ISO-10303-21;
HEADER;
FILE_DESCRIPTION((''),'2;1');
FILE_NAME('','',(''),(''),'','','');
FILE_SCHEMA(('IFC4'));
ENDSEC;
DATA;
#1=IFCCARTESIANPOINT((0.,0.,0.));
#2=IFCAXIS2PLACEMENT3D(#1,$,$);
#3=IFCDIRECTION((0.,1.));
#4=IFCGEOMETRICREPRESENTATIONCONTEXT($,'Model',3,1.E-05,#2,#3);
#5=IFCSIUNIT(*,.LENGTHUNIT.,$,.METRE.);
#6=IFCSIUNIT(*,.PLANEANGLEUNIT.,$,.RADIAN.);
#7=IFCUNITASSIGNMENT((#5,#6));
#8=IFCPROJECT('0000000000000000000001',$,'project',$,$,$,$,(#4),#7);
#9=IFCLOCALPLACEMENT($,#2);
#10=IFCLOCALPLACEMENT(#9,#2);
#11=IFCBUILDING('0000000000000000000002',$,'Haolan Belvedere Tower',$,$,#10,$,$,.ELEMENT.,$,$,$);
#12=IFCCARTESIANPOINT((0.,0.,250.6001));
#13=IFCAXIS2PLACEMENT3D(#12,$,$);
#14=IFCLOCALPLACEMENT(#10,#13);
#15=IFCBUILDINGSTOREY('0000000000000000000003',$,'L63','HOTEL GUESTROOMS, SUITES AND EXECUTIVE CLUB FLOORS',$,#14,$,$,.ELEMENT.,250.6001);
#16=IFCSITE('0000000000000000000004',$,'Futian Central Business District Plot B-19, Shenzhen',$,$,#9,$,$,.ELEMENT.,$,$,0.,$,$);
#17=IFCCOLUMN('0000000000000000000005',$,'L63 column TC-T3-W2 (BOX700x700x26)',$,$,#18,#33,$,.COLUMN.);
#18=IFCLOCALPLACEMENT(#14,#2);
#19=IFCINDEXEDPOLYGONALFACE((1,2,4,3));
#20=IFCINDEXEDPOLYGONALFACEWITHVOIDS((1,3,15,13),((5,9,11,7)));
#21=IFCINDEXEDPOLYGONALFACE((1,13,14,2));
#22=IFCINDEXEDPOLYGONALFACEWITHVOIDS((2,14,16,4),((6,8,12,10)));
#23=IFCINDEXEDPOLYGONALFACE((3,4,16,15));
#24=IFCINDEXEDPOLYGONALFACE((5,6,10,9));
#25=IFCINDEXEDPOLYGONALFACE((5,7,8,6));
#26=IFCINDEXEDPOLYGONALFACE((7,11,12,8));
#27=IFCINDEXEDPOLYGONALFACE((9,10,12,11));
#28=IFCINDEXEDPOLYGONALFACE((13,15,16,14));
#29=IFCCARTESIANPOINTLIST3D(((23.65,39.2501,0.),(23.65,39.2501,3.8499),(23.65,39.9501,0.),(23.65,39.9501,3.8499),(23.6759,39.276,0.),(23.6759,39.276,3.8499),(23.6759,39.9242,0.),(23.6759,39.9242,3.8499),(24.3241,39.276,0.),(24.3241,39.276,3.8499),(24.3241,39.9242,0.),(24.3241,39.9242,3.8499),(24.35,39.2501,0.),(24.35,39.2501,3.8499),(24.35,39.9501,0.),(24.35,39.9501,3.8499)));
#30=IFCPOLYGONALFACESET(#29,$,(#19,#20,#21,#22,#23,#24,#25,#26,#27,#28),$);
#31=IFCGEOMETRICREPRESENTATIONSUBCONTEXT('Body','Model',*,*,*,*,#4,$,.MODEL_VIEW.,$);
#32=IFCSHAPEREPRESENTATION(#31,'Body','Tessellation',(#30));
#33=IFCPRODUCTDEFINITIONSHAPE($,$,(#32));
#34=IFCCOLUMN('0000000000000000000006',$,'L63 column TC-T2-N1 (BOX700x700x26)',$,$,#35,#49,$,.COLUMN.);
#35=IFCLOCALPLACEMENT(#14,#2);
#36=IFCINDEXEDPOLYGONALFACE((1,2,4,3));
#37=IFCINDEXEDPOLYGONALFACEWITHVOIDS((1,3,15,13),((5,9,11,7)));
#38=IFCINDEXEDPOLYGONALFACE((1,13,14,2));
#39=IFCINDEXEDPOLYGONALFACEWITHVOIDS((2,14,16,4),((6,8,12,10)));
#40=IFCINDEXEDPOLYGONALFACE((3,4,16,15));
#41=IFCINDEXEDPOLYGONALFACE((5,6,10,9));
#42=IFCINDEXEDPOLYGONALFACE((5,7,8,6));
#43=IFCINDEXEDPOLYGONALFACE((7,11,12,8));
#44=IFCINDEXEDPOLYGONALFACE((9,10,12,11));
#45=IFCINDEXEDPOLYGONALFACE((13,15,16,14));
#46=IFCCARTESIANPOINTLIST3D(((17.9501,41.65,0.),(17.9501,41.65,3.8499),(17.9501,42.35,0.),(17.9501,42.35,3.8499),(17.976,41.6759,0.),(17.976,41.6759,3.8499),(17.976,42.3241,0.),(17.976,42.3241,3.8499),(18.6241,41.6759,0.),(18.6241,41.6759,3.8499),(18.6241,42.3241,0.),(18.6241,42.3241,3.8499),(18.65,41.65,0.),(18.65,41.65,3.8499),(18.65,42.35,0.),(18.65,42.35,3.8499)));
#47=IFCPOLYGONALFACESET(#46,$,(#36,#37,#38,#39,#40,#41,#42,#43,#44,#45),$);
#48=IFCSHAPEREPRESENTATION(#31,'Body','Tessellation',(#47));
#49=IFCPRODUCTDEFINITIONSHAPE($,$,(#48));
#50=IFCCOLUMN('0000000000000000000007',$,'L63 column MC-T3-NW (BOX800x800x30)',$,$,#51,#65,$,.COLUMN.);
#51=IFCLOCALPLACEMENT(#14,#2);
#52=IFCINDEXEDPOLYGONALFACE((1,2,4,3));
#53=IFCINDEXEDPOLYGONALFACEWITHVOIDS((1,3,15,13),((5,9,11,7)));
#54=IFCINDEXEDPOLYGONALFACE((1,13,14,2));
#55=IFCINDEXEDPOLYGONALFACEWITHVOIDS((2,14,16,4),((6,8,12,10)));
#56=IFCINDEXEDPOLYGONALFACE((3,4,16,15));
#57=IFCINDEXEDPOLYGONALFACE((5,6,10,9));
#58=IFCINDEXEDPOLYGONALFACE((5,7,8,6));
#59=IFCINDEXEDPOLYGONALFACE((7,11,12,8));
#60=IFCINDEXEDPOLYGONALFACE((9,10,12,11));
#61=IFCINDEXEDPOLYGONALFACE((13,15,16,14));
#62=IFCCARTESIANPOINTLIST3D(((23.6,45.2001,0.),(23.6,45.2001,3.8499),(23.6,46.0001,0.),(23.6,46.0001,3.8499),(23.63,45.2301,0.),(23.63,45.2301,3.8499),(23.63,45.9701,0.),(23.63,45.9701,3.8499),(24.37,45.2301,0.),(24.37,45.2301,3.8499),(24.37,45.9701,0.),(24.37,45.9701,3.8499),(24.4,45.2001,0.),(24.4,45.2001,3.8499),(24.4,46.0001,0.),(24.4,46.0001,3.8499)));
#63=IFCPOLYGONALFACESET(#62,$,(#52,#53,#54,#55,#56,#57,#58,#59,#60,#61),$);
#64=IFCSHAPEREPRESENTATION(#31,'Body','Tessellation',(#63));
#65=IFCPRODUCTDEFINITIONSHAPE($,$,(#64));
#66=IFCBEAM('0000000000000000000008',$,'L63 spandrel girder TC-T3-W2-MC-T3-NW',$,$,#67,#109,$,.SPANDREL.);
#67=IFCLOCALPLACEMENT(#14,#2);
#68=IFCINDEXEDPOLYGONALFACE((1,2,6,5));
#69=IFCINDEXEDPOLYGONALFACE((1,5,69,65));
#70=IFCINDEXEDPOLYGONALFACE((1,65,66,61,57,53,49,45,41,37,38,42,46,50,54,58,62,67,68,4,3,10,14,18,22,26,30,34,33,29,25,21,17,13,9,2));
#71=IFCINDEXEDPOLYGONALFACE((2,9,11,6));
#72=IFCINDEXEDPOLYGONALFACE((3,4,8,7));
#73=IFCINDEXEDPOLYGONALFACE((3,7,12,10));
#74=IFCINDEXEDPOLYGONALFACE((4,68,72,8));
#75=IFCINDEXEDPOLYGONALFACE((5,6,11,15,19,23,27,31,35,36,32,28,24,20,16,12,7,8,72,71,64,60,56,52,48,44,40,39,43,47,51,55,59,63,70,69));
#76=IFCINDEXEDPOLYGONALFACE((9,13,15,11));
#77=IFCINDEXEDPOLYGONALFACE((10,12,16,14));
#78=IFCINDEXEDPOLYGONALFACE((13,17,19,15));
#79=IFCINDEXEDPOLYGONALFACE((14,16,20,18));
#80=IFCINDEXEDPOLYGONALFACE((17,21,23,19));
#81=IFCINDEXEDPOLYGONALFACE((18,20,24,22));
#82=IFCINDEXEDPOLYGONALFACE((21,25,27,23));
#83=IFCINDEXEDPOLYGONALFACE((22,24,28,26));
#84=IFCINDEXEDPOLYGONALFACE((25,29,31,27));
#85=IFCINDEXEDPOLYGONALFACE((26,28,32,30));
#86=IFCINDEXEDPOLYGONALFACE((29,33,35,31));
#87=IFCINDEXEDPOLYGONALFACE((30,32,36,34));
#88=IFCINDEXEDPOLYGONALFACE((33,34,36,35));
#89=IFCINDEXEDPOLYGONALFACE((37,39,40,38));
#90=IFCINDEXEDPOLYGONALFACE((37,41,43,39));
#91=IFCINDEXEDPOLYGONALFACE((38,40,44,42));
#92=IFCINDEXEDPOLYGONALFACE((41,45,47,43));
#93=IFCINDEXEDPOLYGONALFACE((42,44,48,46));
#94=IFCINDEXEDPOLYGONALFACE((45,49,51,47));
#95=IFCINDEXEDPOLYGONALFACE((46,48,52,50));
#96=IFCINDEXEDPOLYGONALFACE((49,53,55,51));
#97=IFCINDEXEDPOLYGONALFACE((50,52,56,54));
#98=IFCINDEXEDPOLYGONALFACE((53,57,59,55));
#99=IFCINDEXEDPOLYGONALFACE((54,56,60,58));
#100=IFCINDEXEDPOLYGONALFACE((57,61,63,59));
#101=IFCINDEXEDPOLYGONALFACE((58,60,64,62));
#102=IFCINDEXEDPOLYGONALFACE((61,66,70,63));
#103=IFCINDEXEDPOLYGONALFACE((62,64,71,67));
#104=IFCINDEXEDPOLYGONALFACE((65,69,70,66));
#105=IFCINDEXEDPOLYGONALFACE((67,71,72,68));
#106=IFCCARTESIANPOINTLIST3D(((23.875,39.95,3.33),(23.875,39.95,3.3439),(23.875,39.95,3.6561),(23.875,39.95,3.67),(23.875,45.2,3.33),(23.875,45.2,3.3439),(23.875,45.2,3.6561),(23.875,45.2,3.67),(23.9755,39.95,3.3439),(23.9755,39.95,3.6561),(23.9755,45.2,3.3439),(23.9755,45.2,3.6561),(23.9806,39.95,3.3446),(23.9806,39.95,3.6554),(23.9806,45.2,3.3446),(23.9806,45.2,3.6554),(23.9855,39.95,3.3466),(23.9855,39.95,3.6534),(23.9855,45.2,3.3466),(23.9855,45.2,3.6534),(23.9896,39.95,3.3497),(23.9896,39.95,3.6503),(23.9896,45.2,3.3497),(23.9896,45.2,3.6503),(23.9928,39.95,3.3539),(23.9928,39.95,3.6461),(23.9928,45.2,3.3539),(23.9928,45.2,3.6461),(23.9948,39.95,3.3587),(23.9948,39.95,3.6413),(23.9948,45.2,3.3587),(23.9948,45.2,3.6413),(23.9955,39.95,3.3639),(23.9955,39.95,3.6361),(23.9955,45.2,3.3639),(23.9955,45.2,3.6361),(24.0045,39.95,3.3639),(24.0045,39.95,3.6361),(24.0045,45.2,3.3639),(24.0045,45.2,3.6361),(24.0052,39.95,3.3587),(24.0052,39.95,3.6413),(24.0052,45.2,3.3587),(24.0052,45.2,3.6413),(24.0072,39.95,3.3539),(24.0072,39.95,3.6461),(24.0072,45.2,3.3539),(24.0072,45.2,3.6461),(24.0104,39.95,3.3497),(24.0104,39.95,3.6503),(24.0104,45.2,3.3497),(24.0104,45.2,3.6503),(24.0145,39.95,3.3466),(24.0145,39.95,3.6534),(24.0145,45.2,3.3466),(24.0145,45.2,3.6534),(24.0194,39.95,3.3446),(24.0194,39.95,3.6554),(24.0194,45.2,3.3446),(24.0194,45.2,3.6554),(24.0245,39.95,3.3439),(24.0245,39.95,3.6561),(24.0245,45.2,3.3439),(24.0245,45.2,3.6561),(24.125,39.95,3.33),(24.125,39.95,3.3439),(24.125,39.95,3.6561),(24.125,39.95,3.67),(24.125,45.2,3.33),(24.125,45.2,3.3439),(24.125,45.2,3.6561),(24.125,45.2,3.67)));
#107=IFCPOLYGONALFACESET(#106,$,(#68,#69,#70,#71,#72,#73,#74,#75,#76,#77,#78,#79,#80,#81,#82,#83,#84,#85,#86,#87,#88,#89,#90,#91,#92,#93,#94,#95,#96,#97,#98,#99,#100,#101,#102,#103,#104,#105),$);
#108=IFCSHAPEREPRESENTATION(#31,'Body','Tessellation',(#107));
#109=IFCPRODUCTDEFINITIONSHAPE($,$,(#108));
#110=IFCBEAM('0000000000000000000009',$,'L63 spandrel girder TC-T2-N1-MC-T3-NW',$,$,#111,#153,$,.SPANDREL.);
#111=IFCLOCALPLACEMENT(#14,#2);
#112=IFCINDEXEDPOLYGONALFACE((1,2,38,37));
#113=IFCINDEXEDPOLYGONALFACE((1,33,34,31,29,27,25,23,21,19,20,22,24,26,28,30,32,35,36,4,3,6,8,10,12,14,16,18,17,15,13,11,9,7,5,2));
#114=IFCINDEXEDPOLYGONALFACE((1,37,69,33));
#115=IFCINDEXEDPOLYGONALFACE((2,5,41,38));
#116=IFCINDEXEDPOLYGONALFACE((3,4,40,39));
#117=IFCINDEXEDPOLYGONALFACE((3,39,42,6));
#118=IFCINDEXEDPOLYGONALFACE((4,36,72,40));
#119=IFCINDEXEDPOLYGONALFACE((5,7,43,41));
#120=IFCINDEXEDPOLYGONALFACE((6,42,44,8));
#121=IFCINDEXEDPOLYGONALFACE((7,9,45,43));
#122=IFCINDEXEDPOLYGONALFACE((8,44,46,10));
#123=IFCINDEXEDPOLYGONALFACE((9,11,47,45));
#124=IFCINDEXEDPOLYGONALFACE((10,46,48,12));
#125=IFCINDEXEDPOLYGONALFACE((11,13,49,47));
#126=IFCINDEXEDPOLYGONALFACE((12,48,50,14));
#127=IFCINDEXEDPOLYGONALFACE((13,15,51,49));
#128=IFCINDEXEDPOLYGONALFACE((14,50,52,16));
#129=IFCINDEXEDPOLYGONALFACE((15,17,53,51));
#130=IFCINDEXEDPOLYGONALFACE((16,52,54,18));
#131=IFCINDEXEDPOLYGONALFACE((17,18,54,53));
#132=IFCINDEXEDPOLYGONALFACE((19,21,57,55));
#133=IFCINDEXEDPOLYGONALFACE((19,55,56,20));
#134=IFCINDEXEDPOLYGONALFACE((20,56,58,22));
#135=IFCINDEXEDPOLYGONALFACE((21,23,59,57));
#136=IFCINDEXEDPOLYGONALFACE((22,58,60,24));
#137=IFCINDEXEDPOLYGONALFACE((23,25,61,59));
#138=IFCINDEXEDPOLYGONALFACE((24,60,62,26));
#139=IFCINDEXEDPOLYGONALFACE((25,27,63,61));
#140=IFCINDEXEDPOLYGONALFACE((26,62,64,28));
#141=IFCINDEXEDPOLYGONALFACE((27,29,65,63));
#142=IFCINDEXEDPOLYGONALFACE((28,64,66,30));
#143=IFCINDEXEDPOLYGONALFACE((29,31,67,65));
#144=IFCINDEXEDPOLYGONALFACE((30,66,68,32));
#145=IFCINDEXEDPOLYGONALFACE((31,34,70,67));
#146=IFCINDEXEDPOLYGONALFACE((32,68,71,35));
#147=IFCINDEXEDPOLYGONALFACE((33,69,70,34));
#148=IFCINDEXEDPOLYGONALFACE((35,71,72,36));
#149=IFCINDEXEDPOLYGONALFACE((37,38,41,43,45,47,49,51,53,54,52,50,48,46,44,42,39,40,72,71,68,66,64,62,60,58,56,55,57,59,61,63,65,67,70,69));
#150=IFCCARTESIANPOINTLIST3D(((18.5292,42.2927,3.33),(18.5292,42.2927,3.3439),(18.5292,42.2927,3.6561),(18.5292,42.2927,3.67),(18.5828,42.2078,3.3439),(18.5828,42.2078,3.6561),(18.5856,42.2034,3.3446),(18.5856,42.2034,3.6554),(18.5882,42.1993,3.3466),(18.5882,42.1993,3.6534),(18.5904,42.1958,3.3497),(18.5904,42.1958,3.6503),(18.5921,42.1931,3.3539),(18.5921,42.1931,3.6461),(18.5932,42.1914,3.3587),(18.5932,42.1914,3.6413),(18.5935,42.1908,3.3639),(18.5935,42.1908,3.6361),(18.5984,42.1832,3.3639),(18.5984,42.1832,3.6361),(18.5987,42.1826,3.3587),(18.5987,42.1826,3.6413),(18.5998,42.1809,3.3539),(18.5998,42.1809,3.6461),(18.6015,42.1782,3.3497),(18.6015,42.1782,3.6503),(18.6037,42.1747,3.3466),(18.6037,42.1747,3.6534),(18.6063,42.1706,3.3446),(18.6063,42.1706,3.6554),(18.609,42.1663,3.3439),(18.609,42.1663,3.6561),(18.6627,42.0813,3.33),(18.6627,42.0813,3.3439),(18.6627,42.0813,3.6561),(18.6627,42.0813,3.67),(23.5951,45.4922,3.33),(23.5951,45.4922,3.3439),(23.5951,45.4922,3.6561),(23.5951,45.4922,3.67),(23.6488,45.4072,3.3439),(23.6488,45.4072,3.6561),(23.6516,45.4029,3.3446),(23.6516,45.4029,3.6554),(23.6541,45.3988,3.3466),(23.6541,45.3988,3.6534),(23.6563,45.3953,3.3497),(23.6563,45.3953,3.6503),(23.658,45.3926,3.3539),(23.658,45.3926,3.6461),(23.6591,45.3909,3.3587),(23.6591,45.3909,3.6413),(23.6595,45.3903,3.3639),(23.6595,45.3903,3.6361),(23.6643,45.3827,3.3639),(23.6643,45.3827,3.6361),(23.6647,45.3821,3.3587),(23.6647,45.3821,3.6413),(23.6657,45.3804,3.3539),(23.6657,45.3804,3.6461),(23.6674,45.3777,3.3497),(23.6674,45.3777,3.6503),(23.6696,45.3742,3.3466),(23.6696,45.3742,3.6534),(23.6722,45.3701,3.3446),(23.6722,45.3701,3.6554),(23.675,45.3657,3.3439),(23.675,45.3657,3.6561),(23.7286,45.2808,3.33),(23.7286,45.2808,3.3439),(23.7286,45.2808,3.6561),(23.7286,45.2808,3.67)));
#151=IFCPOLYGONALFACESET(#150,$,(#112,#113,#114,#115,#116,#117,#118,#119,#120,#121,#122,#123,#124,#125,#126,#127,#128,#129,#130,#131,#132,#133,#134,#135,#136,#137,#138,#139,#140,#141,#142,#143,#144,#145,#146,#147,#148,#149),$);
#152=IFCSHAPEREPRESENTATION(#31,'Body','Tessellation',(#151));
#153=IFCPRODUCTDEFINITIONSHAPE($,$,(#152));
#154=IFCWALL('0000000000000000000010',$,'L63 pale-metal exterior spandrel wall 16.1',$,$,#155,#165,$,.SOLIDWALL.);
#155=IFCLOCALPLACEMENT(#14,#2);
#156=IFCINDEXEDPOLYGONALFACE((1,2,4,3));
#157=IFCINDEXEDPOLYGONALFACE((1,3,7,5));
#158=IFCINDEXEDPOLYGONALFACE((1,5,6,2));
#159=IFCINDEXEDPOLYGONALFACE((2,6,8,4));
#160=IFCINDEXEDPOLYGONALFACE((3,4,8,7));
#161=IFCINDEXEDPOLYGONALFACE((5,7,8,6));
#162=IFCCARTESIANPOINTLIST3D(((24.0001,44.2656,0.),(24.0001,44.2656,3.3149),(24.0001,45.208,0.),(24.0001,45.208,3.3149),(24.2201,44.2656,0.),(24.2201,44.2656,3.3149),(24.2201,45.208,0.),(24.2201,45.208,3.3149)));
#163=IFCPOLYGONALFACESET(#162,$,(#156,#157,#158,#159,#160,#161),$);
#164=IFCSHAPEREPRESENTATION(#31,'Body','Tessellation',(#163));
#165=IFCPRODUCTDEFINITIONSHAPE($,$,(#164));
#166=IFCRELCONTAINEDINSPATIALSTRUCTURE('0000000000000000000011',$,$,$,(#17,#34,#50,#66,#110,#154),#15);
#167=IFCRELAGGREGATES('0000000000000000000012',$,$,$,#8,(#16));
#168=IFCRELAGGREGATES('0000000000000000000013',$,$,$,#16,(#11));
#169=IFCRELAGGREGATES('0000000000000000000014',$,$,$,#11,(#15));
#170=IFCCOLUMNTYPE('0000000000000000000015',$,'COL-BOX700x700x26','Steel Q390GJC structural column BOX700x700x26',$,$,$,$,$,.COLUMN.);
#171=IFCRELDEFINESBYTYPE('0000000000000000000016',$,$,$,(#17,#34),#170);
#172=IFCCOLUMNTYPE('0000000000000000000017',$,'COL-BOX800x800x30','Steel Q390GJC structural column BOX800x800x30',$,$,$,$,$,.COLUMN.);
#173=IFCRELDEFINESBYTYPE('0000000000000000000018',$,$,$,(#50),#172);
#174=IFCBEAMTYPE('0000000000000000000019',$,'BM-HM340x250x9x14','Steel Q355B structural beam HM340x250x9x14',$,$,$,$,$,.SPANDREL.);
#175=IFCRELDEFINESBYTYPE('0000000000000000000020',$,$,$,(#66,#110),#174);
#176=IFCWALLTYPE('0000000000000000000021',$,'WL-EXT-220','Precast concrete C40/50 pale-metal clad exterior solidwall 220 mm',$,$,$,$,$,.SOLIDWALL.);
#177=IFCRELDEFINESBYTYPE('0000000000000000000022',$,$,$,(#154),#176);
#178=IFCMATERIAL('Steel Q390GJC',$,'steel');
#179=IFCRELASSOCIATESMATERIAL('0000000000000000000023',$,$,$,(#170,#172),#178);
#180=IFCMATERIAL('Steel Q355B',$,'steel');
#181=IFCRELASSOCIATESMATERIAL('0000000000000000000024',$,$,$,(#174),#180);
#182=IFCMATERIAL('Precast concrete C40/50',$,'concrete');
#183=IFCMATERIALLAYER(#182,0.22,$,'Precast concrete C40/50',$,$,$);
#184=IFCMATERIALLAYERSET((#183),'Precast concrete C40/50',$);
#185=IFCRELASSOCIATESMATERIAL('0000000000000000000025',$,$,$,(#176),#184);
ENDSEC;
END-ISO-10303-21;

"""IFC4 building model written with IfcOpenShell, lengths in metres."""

from ifc_helpers import new_model, si_unit, direction, frame, frame_2d, origin, origin_2d, place, context, subcontext, project, spatial, rectangle, hollow_rectangle, i_section, extrude, material, layer, layer_set, material_profile, profile_set, type_object, element, save


model = new_model("IFC4")

# Units and contexts
model_context = context("Model", 3, precision=1e-05, world=origin(), true_north=direction((0.0, 1.0)))
body_context = subcontext(model_context, "Body", "Model", "MODEL_VIEW")
ifc_project = project(units=[si_unit("LENGTHUNIT", "METRE"), si_unit("PLANEANGLEUNIT", "RADIAN")], contexts=[model_context])

# Site, building, storey
site_placement = place(None, origin())
site = spatial("IfcSite", under=ifc_project, at=site_placement, Name="Futian Central Business District Plot B-19, Shenzhen", CompositionType="ELEMENT", RefElevation=0.0)
building_placement = place(site_placement, origin())
building = spatial("IfcBuilding", under=site, at=building_placement, Name="Haolan Belvedere Tower", CompositionType="ELEMENT")
storey_placement = place(building_placement, frame((0.0, 0.0, 250.6001)))
storey = spatial("IfcBuildingStorey", under=building, at=storey_placement, Name="L63", Description="HOTEL GUESTROOMS, SUITES AND EXECUTIVE CLUB FLOORS", CompositionType="ELEMENT", Elevation=250.6001)

# Columns
ifc_material_1 = material(Name="Steel Q390GJC", Category="steel")
ifc_material_profile_1 = material_profile(ifc_material_1, hollow_rectangle(XDim=0.7, YDim=0.7, WallThickness=0.0259, at=origin_2d()), Name="Steel Q390GJC")
ifc_profile_set_1 = profile_set([ifc_material_profile_1], Name="Steel Q390GJC")
column_type_1 = type_object("IfcColumnType", Name="COL-BOX700x700x26", Description="Steel Q390GJC structural column BOX700x700x26", PredefinedType="COLUMN", material=ifc_profile_set_1)
for number, where, z_axis, x_axis, name in (
    (1, (24.0, 39.6001, 0.0), (0.0, 0.0, 1.0), (1.0, 0.0, 0.0), "L63 column TC-T3-W2 (BOX700x700x26)"),
    (2, (18.3, 42.0, 0.0), (0.0, 0.0, 1.0), (1.0, 0.0, 0.0), "L63 column TC-T2-N1 (BOX700x700x26)"),
):
    element("IfcColumn", number, at=place(storey_placement, frame(where, z_axis=z_axis, x_axis=x_axis)), inside=storey, type_object=column_type_1, Name=name, PredefinedType="COLUMN", context=body_context, shape_type="SweptSolid", body=[
        extrude(hollow_rectangle(XDim=0.7, YDim=0.7, WallThickness=0.0259, at=origin_2d()), origin(), (0.0, 0.0, 1.0), 3.8499),
    ])
ifc_material_profile_2 = material_profile(ifc_material_1, hollow_rectangle(XDim=0.8, YDim=0.8, WallThickness=0.03, at=origin_2d()), Name="Steel Q390GJC")
ifc_profile_set_2 = profile_set([ifc_material_profile_2], Name="Steel Q390GJC")
column_type_2 = type_object("IfcColumnType", Name="COL-BOX800x800x30", Description="Steel Q390GJC structural column BOX800x800x30", PredefinedType="COLUMN", material=ifc_profile_set_2)
column_placement = place(storey_placement, frame((24.0, 45.6001, 0.0), z_axis=(0.0, 0.0, 1.0), x_axis=(1.0, 0.0, 0.0)))
element("IfcColumn", 3, at=column_placement, inside=storey, type_object=column_type_2, Name="L63 column MC-T3-NW (BOX800x800x30)", PredefinedType="COLUMN", context=body_context, shape_type="SweptSolid", body=[
    extrude(hollow_rectangle(XDim=0.8, YDim=0.8, WallThickness=0.03, at=origin_2d()), origin(), (0.0, 0.0, 1.0), 3.8499),
])

# Beams
ifc_material_2 = material(Name="Steel Q355B", Category="steel")
ifc_material_profile_3 = material_profile(ifc_material_2, i_section(OverallWidth=0.25, OverallDepth=0.3401, WebThickness=0.009, FlangeThickness=0.0139, FilletRadius=0.02, at=origin_2d()), Name="Steel Q355B")
ifc_profile_set_3 = profile_set([ifc_material_profile_3], Name="Steel Q355B")
beam_type = type_object("IfcBeamType", Name="BM-HM340x250x9x14", Description="Steel Q355B structural beam HM340x250x9x14", PredefinedType="SPANDREL", material=ifc_profile_set_3)
beam_1_placement = place(storey_placement, frame((24.0, 39.95, 3.5), z_axis=(0.0, 1.0, 0.0), x_axis=(-1.0, 0.0, 0.0)))
element("IfcBeam", 4, at=beam_1_placement, inside=storey, type_object=beam_type, Name="L63 spandrel girder TC-T3-W2-MC-T3-NW", PredefinedType="SPANDREL", context=body_context, shape_type="SweptSolid", body=[
    extrude(i_section(OverallWidth=0.25, OverallDepth=0.3401, WebThickness=0.009, FlangeThickness=0.0139, FilletRadius=0.02, at=origin_2d()), origin(), (0.0, 0.0, 1.0), 5.25),
])
beam_2_placement = place(storey_placement, frame((18.5959, 42.187, 3.5), z_axis=(0.845494, 0.533985, 0.0), x_axis=(-0.533985, 0.845494, 0.0)))
element("IfcBeam", 5, at=beam_2_placement, inside=storey, type_object=beam_type, Name="L63 spandrel girder TC-T2-N1-MC-T3-NW", PredefinedType="SPANDREL", context=body_context, shape_type="SweptSolid", body=[
    extrude(i_section(OverallWidth=0.25, OverallDepth=0.3401, WebThickness=0.009, FlangeThickness=0.0139, FilletRadius=0.02, at=origin_2d()), origin(), (0.0, 0.0, 1.0), 5.9917),
])

# Wall
ifc_material_3 = material(Name="Precast concrete C40/50", Category="concrete")
ifc_layer_1 = layer(ifc_material_3, 0.22, Name="Precast concrete C40/50")
ifc_layer_set_1 = layer_set([ifc_layer_1], Name="Precast concrete C40/50")
wall_type_1 = type_object("IfcWallType", Name="WL-EXT-220", Description="Precast concrete C40/50 pale-metal clad exterior solidwall 220 mm", PredefinedType="SOLIDWALL", material=ifc_layer_set_1)
wall_1_placement = place(storey_placement, frame((24.1101, 45.208, 0.0), z_axis=(0.0, 0.0, 1.0), x_axis=(0.0, -1.0, 0.0)))
element("IfcWall", 6, at=wall_1_placement, inside=storey, type_object=wall_type_1, Name="L63 pale-metal exterior spandrel wall 16.1", PredefinedType="SOLIDWALL", context=body_context, shape_type="SweptSolid", body=[
    extrude(rectangle(XDim=0.9424, YDim=0.22, at=frame_2d((0.4712, 0.0))), origin(), (0.0, 0.0, 1.0), 3.3149),
])

save(model, "model.ifc")
